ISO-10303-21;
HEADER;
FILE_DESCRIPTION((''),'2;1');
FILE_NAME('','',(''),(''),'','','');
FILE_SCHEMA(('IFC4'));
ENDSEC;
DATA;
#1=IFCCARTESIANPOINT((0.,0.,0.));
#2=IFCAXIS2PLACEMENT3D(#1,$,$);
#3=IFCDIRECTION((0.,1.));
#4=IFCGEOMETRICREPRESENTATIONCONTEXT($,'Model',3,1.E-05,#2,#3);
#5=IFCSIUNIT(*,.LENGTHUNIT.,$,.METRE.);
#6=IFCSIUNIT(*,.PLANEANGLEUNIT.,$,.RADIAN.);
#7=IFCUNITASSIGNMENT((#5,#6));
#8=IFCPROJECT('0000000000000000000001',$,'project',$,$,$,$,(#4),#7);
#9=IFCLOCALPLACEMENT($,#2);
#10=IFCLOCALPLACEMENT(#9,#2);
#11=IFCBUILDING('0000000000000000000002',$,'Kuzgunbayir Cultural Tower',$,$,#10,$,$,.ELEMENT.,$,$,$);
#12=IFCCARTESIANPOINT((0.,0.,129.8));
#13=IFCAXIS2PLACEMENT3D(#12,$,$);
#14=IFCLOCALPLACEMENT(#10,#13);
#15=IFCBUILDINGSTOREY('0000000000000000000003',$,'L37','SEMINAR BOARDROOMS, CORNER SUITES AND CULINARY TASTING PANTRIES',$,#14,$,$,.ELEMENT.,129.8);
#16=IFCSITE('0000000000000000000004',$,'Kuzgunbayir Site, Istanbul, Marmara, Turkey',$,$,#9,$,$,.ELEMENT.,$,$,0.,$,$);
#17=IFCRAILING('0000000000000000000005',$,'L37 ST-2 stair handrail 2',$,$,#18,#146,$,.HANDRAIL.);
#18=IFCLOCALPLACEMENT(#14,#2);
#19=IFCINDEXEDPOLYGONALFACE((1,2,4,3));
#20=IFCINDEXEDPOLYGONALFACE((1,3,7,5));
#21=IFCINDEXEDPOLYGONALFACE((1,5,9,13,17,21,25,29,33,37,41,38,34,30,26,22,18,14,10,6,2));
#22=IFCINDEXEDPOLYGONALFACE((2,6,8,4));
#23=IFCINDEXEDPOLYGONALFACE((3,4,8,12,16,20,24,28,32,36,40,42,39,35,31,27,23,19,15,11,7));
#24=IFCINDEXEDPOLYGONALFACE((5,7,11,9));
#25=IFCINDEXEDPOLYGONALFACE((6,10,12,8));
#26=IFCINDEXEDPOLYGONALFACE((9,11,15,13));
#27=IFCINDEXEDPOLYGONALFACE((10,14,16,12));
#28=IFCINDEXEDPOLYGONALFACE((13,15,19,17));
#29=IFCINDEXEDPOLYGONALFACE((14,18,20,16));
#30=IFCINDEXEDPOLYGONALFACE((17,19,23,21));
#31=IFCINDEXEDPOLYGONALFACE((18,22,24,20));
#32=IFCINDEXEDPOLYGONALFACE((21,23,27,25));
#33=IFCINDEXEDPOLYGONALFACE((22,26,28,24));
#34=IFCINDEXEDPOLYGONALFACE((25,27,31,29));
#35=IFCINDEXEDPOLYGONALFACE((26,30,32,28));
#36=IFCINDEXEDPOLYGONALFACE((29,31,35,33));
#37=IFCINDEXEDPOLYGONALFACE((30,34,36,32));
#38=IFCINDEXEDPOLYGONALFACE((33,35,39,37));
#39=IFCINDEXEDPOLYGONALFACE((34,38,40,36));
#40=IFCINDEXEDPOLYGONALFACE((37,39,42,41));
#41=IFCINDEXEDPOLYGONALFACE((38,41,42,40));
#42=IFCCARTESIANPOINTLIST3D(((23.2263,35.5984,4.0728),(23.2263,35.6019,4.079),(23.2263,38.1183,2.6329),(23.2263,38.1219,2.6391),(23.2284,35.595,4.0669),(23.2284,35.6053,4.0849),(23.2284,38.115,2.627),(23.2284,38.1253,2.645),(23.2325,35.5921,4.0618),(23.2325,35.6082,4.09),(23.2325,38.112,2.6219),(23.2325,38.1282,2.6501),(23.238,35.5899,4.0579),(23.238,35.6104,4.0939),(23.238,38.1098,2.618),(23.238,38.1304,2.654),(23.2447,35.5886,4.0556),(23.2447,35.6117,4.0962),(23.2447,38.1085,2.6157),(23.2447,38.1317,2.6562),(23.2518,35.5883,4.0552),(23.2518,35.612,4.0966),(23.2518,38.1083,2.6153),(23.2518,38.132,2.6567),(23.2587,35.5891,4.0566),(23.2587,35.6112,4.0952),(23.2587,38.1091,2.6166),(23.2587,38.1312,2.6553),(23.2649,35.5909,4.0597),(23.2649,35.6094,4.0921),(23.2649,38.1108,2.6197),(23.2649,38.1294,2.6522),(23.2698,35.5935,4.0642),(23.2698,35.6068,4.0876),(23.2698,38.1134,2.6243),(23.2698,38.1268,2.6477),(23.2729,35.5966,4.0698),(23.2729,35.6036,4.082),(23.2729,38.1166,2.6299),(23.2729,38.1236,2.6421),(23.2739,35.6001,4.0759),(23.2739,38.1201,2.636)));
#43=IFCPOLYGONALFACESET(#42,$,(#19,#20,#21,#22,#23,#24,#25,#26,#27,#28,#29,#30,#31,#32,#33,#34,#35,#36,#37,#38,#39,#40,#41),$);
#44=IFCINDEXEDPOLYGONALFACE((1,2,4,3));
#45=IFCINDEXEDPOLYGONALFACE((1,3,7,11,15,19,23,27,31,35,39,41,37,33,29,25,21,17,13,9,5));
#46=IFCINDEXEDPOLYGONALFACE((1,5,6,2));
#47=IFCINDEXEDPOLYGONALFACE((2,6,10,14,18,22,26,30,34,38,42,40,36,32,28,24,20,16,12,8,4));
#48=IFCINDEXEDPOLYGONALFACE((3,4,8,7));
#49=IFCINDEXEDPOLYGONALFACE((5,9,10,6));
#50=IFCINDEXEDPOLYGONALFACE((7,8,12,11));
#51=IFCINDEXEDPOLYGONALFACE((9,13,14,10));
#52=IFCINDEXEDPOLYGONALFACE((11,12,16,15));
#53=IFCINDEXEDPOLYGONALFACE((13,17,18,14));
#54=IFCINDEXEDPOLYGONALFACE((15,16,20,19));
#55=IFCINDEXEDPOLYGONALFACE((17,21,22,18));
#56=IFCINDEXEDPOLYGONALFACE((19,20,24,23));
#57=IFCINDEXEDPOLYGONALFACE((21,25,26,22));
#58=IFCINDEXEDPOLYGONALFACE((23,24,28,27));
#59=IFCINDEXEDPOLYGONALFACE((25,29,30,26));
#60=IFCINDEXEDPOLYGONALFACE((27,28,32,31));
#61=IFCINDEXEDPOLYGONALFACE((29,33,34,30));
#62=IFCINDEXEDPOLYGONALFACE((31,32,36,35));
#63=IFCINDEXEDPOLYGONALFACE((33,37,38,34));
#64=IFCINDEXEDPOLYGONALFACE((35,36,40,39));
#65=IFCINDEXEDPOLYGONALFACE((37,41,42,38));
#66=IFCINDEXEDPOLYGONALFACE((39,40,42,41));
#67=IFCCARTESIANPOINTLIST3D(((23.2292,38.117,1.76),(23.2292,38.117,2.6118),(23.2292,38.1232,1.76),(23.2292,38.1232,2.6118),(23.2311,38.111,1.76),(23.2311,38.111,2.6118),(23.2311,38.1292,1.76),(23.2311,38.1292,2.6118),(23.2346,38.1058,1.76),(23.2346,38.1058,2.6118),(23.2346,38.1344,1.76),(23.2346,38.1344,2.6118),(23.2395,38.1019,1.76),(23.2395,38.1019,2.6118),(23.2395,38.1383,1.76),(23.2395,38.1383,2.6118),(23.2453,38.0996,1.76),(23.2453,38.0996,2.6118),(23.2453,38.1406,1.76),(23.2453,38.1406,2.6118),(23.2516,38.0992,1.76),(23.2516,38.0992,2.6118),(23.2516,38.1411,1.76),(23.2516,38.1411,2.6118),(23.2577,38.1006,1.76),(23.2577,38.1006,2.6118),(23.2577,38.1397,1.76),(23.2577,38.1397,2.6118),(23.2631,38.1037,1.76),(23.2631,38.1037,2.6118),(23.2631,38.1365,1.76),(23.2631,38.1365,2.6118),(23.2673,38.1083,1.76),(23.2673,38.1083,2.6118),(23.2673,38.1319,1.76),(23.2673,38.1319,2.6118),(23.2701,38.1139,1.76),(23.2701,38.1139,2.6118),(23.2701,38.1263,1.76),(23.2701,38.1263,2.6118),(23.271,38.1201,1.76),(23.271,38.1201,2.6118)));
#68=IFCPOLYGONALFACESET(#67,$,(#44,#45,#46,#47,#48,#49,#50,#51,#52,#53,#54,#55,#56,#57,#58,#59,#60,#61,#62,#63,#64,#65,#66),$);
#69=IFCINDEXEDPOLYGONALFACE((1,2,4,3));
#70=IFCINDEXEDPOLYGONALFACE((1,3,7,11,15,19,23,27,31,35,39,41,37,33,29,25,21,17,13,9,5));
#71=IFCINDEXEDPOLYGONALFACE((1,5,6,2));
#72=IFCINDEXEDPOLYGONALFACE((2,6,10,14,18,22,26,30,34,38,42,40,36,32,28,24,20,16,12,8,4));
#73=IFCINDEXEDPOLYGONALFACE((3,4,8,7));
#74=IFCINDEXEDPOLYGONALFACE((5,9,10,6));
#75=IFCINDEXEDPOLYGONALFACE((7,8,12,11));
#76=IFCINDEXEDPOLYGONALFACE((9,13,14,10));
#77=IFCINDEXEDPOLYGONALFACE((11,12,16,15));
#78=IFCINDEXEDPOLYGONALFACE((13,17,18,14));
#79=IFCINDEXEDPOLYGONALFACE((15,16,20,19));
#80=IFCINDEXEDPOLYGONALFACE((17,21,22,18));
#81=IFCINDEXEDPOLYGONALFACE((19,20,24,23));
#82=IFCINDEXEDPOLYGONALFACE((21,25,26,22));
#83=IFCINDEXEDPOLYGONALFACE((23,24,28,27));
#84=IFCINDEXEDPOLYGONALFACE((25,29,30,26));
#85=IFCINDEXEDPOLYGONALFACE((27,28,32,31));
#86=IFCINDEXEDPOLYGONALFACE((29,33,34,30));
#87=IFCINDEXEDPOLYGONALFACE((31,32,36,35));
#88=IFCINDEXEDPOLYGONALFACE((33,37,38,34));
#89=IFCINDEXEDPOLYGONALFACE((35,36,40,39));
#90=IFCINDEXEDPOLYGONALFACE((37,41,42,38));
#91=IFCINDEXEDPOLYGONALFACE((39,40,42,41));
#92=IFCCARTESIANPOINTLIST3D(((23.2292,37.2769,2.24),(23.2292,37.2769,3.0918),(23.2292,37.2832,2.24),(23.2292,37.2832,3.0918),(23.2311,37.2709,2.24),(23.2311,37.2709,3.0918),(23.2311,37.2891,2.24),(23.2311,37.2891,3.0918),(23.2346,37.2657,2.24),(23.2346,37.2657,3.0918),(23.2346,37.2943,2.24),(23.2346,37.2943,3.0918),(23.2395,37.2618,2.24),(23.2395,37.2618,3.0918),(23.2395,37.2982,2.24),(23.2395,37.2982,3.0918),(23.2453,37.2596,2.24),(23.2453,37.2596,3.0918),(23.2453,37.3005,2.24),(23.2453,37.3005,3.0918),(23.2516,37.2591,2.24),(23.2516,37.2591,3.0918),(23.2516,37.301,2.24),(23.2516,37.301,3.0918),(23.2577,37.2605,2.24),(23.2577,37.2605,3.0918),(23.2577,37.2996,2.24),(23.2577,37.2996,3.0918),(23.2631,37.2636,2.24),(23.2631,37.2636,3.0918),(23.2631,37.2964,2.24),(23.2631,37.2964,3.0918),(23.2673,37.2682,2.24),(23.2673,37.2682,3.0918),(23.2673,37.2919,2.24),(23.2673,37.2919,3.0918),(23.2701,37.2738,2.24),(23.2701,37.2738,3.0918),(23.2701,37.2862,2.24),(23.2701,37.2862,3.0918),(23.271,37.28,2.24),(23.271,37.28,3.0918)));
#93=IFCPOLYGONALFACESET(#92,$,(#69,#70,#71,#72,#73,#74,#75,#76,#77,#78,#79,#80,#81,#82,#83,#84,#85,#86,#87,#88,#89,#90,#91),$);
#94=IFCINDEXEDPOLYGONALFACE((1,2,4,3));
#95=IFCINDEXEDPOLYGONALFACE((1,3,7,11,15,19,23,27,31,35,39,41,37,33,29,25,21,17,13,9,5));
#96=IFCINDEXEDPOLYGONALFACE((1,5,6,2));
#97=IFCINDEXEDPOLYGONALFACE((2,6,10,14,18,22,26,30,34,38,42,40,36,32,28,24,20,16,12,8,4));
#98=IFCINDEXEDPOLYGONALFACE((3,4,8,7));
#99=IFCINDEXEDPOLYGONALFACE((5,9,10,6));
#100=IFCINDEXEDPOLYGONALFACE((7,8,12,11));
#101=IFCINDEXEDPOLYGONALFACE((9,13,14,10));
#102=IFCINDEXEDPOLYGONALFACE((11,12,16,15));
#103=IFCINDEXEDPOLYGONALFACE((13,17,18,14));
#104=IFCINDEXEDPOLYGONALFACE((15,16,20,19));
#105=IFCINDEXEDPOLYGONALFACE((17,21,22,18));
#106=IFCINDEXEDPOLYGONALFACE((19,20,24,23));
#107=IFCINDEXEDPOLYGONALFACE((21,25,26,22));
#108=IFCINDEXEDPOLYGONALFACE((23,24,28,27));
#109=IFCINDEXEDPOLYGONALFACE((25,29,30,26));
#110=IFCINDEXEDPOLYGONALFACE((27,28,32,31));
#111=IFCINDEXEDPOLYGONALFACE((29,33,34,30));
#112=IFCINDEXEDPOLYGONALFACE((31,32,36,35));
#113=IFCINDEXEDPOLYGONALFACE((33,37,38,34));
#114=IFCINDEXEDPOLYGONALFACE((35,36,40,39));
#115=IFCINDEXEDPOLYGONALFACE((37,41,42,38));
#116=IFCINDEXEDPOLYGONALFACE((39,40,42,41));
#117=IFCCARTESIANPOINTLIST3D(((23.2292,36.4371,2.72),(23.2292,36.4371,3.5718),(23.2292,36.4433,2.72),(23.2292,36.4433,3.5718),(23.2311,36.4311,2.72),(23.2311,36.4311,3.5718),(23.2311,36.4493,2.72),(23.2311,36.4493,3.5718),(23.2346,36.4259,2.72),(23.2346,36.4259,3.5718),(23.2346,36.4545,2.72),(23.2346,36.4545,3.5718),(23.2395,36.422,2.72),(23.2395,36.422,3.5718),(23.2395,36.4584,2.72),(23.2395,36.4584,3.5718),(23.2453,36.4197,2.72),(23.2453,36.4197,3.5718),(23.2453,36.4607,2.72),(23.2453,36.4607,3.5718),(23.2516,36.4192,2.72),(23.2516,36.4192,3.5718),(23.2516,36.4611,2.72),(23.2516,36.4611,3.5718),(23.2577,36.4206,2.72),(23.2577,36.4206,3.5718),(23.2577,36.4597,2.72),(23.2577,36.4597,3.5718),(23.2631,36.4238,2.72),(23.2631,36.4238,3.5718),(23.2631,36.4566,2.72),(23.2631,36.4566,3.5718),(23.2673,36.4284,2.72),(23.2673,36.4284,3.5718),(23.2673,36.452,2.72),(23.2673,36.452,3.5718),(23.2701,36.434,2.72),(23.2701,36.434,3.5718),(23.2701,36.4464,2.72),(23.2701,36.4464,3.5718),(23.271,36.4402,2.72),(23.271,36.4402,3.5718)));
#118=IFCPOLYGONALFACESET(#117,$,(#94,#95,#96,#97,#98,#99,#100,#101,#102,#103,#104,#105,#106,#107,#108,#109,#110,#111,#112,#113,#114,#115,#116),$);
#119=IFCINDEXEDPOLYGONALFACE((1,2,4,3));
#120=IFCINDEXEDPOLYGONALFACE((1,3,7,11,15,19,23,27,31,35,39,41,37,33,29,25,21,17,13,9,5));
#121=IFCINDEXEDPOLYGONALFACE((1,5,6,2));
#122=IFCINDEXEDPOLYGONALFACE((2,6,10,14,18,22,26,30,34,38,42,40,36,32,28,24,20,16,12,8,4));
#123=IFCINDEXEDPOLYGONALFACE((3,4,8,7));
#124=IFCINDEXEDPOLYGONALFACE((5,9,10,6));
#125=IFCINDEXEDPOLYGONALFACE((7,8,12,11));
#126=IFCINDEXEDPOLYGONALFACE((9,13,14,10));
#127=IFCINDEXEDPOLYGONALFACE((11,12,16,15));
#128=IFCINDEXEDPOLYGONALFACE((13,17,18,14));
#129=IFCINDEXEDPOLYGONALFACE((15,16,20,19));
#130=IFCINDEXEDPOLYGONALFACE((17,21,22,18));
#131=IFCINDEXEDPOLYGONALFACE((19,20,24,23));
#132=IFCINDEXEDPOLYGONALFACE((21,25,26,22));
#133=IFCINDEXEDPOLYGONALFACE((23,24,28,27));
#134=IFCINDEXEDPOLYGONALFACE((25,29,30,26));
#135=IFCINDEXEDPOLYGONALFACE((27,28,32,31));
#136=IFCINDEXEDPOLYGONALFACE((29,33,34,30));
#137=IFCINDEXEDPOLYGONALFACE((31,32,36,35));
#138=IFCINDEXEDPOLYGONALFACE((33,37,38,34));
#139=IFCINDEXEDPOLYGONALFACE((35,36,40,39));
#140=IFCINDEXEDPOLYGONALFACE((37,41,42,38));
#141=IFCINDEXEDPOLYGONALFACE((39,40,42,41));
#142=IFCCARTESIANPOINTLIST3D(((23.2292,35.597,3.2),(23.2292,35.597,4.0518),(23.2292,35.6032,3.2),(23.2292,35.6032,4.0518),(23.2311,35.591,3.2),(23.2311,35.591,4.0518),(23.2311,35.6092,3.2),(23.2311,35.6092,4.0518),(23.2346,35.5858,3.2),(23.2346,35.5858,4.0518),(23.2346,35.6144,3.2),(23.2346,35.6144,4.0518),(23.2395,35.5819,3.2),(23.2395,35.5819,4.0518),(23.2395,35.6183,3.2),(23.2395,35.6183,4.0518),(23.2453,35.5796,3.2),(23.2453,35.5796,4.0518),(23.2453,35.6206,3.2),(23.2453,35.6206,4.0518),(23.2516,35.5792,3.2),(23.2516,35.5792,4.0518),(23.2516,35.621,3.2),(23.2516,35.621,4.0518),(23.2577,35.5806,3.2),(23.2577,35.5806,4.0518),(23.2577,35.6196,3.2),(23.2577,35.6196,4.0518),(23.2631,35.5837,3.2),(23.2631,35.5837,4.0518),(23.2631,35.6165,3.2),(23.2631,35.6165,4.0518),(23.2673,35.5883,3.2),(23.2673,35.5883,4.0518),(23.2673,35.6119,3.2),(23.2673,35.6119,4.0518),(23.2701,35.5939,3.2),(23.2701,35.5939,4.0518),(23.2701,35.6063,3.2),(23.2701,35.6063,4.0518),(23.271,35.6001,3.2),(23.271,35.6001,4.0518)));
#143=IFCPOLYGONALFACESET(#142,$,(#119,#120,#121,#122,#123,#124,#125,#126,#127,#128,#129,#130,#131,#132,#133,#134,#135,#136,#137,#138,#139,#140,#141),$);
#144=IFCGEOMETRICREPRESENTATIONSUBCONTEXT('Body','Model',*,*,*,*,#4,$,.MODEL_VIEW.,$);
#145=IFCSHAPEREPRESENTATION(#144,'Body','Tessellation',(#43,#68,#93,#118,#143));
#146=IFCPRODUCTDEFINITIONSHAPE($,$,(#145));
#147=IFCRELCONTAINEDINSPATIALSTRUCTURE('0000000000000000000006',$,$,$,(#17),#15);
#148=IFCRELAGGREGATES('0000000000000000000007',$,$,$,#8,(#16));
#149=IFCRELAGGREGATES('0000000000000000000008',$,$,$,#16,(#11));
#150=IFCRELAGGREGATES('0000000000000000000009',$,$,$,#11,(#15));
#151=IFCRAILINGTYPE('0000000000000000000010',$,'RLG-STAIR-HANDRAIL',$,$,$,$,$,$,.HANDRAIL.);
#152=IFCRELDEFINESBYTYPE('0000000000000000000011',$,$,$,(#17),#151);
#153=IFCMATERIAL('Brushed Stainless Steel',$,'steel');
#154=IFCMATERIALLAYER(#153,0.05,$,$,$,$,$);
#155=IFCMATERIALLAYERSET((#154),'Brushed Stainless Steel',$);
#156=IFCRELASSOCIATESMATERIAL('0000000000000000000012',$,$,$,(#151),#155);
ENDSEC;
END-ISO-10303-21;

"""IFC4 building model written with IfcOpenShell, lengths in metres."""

from ifc_helpers import new_model, si_unit, direction, frame, origin, origin_2d, place, context, subcontext, project, spatial, circle, extrude, material, layer, layer_set, type_object, element, save


model = new_model("IFC4")

# Units and contexts
model_context = context("Model", 3, precision=1e-05, world=origin(), true_north=direction((0.0, 1.0)))
body_context = subcontext(model_context, "Body", "Model", "MODEL_VIEW")
ifc_project = project(units=[si_unit("LENGTHUNIT", "METRE"), si_unit("PLANEANGLEUNIT", "RADIAN")], contexts=[model_context])

# Site, building, storey
site_placement = place(None, origin())
site = spatial("IfcSite", under=ifc_project, at=site_placement, Name="Kuzgunbayir Site, Istanbul, Marmara, Turkey", CompositionType="ELEMENT", RefElevation=0.0)
building_placement = place(site_placement, origin())
building = spatial("IfcBuilding", under=site, at=building_placement, Name="Kuzgunbayir Cultural Tower", CompositionType="ELEMENT")
storey_placement = place(building_placement, frame((0.0, 0.0, 129.8)))
storey = spatial("IfcBuildingStorey", under=building, at=storey_placement, Name="L37", Description="SEMINAR BOARDROOMS, CORNER SUITES AND CULINARY TASTING PANTRIES", CompositionType="ELEMENT", Elevation=129.8)

# Shared definitions
ifc_material_1 = material(Name="Brushed Stainless Steel", Category="steel")

# Railing
ifc_layer_1 = layer(ifc_material_1, 0.05)
ifc_layer_set_1 = layer_set([ifc_layer_1], Name="Brushed Stainless Steel")
railing_type_1 = type_object("IfcRailingType", Name="RLG-STAIR-HANDRAIL", PredefinedType="HANDRAIL", material=ifc_layer_set_1)
railing_1_placement = place(storey_placement, frame((23.25, 38.1201, 1.76)))
element("IfcRailing", 1, at=railing_1_placement, inside=storey, type_object=railing_type_1, Name="L37 ST-2 stair handrail 2", PredefinedType="HANDRAIL", context=body_context, shape_type="SweptSolid", body=[
    extrude(circle(Radius=0.0239, at=origin_2d()), frame((0.0, 0.0, 0.876), z_axis=(0.0, -0.868253, 0.496121), x_axis=(1.0, 0.0, 0.0)), (0.0, 0.0, 1.0), 2.9023),
    extrude(circle(Radius=0.021, at=origin_2d()), origin(), (0.0, 0.0, 1.0), 0.8518),
    extrude(circle(Radius=0.021, at=origin_2d()), frame((0.0, -0.8401, 0.48)), (0.0, 0.0, 1.0), 0.8518),
    extrude(circle(Radius=0.021, at=origin_2d()), frame((0.0, -1.6799, 0.96)), (0.0, 0.0, 1.0), 0.8518),
    extrude(circle(Radius=0.021, at=origin_2d()), frame((0.0, -2.52, 1.4399)), (0.0, 0.0, 1.0), 0.8518),
])

save(model, "model.ifc")
